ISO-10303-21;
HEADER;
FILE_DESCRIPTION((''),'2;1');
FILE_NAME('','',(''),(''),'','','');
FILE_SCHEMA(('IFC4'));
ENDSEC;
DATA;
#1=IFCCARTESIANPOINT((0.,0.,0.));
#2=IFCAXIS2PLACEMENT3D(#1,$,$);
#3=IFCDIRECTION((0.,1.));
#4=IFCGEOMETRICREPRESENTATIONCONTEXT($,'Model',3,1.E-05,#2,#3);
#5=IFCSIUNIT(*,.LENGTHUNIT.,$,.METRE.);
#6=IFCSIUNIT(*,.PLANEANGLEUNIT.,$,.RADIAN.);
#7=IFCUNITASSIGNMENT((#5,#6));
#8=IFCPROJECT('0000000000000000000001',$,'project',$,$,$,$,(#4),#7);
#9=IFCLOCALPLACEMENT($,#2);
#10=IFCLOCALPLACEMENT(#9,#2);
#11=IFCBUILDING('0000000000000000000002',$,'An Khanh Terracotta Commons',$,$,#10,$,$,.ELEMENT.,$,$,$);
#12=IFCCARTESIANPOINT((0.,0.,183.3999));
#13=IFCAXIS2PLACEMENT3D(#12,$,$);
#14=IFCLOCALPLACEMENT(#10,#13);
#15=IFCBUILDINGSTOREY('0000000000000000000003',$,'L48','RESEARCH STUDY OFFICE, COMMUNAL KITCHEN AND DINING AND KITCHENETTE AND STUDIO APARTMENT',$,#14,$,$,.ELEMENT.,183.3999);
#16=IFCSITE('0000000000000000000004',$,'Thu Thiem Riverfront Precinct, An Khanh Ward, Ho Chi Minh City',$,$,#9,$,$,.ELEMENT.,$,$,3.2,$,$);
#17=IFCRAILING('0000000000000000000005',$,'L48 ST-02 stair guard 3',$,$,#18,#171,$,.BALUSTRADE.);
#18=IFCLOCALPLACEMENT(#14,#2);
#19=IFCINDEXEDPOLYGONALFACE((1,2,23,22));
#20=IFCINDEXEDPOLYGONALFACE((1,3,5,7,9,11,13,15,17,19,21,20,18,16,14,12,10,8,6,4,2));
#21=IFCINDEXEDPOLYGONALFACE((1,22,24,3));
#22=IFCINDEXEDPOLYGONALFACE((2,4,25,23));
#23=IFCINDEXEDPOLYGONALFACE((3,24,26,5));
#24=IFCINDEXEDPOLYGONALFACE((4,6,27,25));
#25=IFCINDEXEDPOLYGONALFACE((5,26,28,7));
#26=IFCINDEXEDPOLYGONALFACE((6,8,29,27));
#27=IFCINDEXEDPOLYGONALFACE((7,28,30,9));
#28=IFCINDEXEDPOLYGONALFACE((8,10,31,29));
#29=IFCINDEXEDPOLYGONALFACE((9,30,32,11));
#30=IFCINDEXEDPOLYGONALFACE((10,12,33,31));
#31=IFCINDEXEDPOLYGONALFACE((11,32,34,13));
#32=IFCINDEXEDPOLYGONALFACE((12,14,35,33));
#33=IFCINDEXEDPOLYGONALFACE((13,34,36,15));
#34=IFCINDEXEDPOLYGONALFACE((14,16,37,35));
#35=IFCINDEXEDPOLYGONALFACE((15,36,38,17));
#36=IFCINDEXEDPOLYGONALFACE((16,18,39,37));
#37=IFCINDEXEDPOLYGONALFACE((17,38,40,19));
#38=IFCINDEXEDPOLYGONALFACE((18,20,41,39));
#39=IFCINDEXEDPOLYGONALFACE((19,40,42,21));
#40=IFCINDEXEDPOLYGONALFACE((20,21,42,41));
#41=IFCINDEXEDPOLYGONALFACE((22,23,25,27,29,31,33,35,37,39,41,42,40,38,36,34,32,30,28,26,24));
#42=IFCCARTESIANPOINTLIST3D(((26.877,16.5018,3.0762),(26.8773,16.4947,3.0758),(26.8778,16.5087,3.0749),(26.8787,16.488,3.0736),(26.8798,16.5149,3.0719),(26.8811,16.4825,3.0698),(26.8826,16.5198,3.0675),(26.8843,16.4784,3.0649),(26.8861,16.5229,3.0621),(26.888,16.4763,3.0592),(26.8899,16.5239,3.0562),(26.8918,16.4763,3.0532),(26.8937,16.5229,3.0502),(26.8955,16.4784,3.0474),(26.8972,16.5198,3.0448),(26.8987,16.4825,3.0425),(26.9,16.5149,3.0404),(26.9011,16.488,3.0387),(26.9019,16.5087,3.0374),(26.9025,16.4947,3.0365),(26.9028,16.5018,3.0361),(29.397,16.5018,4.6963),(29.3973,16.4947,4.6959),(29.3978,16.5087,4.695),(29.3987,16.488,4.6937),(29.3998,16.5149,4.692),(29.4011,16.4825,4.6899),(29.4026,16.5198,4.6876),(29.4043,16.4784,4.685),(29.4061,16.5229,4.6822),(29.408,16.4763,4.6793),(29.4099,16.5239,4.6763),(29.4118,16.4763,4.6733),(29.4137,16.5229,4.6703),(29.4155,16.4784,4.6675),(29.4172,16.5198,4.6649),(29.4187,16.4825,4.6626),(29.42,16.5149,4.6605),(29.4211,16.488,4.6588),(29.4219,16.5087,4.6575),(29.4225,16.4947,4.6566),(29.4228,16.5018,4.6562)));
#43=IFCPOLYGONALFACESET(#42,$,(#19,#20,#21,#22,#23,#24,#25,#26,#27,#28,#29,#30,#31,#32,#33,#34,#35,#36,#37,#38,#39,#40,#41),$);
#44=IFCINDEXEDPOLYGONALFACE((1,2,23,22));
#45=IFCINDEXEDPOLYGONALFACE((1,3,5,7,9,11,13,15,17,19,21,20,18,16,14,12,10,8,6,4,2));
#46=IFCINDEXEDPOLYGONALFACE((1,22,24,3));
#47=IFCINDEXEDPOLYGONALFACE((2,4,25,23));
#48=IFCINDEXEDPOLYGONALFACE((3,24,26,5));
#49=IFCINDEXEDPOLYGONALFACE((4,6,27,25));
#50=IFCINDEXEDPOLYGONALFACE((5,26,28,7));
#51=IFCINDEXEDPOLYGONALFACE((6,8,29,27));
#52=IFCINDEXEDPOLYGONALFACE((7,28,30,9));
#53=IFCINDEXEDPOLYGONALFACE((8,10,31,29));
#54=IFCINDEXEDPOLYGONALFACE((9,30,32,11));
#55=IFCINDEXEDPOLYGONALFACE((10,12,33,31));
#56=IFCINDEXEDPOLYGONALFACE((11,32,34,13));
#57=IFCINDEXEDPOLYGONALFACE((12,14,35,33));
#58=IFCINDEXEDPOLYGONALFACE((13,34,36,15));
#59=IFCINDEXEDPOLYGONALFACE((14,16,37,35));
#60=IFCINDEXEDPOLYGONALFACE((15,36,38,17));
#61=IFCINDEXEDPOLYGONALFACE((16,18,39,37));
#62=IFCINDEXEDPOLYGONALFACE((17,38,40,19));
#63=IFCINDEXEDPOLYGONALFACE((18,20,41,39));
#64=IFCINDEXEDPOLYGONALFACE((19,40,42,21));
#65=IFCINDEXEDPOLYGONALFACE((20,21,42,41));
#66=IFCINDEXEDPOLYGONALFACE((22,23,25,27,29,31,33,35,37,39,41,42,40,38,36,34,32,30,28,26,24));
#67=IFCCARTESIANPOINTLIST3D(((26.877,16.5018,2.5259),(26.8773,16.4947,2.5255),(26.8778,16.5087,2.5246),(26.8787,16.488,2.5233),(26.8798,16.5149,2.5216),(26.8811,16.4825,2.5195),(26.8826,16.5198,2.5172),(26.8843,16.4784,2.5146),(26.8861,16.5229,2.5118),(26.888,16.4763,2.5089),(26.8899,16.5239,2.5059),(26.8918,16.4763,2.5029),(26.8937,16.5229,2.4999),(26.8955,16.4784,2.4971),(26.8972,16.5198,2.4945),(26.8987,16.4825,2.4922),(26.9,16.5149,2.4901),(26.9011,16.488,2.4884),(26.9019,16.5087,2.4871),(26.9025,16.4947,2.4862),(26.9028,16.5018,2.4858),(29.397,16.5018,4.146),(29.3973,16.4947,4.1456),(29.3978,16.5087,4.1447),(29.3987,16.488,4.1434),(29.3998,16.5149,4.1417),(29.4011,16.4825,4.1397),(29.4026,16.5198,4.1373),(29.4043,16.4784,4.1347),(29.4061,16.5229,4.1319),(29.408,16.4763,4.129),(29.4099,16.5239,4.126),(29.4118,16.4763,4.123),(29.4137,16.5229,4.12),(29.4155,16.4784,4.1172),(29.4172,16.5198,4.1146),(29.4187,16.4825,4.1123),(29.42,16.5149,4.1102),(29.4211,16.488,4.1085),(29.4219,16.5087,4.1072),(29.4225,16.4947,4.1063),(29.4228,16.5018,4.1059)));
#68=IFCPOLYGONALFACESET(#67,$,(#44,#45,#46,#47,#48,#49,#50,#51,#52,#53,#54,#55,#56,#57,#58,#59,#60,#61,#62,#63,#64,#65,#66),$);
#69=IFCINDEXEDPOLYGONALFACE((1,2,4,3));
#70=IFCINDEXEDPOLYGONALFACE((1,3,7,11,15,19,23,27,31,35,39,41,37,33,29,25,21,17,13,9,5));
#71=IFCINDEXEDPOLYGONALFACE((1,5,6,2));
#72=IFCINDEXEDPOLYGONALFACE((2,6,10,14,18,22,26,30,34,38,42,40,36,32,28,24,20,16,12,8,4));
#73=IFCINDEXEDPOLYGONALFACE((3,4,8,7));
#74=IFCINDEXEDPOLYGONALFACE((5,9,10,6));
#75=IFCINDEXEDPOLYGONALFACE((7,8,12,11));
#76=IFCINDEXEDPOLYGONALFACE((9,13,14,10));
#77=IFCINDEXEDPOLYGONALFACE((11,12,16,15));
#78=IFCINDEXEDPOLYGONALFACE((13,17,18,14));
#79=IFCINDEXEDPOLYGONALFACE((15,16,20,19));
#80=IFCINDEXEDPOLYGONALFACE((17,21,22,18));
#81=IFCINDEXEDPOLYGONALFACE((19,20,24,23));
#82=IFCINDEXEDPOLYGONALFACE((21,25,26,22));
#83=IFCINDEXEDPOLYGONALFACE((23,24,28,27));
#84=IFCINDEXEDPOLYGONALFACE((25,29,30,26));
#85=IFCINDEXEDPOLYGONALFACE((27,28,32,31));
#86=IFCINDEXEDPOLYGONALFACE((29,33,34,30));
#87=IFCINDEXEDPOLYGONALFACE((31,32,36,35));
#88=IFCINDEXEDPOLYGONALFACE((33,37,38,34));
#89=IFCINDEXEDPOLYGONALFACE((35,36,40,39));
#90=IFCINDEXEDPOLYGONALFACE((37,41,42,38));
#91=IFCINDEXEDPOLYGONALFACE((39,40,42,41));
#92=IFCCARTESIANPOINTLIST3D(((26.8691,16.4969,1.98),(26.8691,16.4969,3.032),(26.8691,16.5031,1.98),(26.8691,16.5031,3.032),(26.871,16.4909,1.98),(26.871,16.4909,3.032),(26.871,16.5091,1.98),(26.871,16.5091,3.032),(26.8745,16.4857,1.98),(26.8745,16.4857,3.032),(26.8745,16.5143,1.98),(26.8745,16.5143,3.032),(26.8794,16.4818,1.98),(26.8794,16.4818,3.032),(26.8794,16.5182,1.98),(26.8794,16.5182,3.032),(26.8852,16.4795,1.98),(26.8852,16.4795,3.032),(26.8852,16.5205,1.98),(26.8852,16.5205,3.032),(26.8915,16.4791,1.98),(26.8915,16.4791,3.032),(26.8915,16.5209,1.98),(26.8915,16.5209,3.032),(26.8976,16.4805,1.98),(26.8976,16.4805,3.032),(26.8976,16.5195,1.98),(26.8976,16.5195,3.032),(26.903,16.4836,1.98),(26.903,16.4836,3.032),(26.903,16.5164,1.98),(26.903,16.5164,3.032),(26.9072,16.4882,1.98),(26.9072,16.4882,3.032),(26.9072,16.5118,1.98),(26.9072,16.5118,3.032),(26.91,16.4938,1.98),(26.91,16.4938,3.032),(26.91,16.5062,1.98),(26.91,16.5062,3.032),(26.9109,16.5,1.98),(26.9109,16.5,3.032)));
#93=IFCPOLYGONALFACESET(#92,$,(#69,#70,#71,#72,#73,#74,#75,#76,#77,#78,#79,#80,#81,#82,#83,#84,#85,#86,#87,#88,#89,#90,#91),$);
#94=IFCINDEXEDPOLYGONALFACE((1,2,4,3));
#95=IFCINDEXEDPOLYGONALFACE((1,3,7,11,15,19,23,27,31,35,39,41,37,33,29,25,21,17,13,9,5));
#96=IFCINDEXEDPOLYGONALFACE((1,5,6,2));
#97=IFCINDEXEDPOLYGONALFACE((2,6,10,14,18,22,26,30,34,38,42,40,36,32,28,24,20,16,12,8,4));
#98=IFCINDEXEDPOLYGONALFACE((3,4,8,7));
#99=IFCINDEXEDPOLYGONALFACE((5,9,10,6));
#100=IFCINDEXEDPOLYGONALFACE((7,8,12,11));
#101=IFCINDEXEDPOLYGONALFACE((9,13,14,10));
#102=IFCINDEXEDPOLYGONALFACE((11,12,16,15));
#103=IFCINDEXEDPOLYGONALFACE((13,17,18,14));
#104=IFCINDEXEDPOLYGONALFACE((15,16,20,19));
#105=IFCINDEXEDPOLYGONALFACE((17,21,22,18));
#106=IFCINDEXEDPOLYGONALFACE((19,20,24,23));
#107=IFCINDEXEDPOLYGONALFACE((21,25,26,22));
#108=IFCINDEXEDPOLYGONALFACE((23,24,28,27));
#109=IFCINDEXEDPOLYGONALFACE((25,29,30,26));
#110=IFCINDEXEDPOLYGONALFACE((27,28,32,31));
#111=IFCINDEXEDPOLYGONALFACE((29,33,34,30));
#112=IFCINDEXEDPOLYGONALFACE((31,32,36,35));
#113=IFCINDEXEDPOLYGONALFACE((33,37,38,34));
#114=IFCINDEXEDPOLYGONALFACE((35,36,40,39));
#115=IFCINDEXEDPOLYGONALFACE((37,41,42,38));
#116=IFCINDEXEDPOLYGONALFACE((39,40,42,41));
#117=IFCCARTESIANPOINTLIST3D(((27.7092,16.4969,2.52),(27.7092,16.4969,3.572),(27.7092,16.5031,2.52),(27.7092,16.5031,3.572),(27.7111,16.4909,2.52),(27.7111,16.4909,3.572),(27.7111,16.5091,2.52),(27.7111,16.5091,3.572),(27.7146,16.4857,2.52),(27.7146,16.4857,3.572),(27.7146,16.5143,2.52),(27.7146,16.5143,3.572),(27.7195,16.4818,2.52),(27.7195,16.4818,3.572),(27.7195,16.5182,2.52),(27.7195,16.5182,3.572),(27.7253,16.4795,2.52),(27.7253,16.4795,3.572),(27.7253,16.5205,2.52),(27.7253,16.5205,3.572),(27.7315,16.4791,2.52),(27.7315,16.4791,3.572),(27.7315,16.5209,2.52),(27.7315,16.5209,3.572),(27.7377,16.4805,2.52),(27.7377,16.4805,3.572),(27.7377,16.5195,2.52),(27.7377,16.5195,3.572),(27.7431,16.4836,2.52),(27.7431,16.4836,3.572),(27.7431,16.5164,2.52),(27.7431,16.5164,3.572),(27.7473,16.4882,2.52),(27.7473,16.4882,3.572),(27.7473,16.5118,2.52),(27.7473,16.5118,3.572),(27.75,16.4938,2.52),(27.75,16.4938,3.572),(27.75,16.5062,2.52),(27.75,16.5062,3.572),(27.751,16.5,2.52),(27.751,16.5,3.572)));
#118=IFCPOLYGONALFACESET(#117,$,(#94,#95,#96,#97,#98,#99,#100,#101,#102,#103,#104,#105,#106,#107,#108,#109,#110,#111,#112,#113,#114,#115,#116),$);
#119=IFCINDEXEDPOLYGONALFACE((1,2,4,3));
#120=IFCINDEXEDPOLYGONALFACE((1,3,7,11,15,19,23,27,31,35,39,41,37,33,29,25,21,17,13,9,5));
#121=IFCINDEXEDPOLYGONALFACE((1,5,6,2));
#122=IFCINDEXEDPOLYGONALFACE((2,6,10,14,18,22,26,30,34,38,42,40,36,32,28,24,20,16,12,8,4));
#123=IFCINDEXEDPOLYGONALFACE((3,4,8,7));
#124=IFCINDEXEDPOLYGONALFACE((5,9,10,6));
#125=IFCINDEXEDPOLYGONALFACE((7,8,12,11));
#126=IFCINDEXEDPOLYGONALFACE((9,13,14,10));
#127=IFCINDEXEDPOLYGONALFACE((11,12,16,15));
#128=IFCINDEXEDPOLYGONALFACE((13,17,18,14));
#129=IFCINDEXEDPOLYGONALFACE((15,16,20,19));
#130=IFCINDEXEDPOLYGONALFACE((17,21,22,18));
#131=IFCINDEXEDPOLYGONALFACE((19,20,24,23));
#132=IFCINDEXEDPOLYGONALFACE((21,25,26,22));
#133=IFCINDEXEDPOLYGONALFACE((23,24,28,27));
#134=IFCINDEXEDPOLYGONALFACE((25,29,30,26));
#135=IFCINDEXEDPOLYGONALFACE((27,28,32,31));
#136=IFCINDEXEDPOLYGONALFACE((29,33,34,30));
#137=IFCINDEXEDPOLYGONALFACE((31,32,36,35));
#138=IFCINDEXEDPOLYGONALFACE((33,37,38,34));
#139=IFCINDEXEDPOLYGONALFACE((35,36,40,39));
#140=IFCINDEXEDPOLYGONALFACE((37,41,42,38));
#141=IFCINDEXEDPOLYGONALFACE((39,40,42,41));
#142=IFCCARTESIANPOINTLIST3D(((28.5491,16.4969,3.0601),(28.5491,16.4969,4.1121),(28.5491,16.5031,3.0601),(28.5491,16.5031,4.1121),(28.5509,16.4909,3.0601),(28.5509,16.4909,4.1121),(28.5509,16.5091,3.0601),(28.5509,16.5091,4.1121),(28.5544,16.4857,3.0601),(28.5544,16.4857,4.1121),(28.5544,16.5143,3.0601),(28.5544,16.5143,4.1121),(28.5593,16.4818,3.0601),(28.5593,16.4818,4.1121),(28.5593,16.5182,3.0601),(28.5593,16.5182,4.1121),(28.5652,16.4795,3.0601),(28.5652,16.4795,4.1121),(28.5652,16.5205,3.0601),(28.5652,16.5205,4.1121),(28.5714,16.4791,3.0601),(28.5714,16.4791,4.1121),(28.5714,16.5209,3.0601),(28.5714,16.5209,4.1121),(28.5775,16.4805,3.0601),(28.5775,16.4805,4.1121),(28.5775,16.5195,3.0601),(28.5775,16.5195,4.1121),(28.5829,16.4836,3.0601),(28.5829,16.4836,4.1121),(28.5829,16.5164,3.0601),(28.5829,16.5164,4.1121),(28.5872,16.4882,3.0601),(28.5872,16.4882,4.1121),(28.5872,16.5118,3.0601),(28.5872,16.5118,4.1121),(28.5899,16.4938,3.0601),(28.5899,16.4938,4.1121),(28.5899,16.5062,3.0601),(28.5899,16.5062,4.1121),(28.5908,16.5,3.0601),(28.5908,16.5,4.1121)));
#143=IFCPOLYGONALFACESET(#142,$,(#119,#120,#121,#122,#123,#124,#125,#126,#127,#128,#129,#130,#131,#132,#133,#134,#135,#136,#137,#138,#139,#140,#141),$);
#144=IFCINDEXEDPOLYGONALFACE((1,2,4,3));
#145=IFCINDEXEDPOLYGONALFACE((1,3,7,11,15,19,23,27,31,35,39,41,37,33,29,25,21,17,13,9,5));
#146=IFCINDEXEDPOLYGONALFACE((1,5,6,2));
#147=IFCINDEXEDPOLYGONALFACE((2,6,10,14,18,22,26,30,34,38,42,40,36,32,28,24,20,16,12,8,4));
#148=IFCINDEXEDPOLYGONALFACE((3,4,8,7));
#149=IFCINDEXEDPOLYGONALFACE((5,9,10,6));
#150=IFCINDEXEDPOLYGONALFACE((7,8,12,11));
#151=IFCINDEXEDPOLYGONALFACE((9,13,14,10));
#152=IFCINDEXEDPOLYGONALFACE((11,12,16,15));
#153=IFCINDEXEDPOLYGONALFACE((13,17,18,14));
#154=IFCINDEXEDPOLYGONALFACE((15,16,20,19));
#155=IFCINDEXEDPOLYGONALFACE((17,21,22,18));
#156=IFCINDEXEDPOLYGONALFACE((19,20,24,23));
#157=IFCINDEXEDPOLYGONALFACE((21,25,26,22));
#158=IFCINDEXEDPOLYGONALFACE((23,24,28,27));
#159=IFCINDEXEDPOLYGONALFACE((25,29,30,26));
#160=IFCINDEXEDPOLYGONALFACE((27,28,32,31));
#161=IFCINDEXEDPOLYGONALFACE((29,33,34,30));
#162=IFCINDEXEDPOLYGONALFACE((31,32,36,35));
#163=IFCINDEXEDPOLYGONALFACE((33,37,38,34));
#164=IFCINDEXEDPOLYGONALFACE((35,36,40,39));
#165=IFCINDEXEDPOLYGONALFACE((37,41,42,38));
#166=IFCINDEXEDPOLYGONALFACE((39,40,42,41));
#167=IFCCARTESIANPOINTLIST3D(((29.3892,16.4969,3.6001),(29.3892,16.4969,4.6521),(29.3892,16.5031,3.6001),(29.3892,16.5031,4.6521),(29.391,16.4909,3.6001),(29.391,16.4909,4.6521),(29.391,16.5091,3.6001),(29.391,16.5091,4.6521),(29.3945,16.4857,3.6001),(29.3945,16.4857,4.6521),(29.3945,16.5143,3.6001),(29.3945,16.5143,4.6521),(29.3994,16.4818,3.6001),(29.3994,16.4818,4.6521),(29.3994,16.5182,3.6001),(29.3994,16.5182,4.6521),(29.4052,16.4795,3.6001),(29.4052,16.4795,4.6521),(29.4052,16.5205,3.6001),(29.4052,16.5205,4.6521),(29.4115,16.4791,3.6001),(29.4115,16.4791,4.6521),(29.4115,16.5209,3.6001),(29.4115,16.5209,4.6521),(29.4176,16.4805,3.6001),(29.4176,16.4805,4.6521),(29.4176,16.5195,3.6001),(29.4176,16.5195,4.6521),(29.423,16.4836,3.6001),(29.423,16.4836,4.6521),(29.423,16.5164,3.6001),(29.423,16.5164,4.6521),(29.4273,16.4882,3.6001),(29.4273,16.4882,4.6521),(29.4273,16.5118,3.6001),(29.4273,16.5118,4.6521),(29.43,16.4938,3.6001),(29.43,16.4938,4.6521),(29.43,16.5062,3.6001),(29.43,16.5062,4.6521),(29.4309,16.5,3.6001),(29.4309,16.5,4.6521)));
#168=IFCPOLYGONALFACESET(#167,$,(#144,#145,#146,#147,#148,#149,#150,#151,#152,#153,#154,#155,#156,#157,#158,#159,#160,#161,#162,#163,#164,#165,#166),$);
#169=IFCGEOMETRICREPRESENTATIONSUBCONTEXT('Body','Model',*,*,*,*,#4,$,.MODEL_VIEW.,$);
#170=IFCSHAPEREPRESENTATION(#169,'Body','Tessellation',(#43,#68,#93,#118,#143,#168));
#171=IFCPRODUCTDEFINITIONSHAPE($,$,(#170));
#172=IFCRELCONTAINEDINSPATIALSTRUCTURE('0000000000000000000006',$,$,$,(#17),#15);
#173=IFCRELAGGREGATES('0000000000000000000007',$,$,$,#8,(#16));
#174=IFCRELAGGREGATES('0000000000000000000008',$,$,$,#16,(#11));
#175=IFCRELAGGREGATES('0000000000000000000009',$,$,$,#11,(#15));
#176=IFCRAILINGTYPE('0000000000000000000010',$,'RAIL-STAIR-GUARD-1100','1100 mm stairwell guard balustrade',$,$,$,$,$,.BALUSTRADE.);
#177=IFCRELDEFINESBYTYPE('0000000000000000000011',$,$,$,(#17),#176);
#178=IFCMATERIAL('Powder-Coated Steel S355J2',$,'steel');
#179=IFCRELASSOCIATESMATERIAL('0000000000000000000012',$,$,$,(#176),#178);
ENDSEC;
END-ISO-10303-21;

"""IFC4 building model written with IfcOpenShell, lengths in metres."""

from ifc_helpers import new_model, si_unit, direction, frame, origin, origin_2d, place, context, subcontext, project, spatial, circle, extrude, material, type_object, element, save


model = new_model("IFC4")

# Units and contexts
model_context = context("Model", 3, precision=1e-05, world=origin(), true_north=direction((0.0, 1.0)))
body_context = subcontext(model_context, "Body", "Model", "MODEL_VIEW")
ifc_project = project(units=[si_unit("LENGTHUNIT", "METRE"), si_unit("PLANEANGLEUNIT", "RADIAN")], contexts=[model_context])

# Site, building, storey
site_placement = place(None, origin())
site = spatial("IfcSite", under=ifc_project, at=site_placement, Name="Thu Thiem Riverfront Precinct, An Khanh Ward, Ho Chi Minh City", CompositionType="ELEMENT", RefElevation=3.2)
building_placement = place(site_placement, origin())
building = spatial("IfcBuilding", under=site, at=building_placement, Name="An Khanh Terracotta Commons", CompositionType="ELEMENT")
storey_placement = place(building_placement, frame((0.0, 0.0, 183.3999)))
storey = spatial("IfcBuildingStorey", under=building, at=storey_placement, Name="L48", Description="RESEARCH STUDY OFFICE, COMMUNAL KITCHEN AND DINING AND KITCHENETTE AND STUDIO APARTMENT", CompositionType="ELEMENT", Elevation=183.3999)

# Railing
ifc_material_1 = material(Name="Powder-Coated Steel S355J2", Category="steel")
railing_type_1 = type_object("IfcRailingType", Name="RAIL-STAIR-GUARD-1100", Description="1100 mm stairwell guard balustrade", PredefinedType="BALUSTRADE", material=ifc_material_1)
railing_1_placement = place(storey_placement, frame((26.8899, 16.5, 1.98)))
element("IfcRailing", 1, at=railing_1_placement, inside=storey, type_object=railing_type_1, Name="L48 ST-02 stair guard 3", PredefinedType="BALUSTRADE", context=body_context, shape_type="SweptSolid", body=[
    extrude(circle(Radius=0.0239, at=origin_2d()), frame((0.0, 0.0, 1.0762), z_axis=(0.841163, 0.0, 0.540782), x_axis=(0.0, 1.0, 0.0)), (0.0, 0.0, 1.0), 2.9958),
    extrude(circle(Radius=0.0239, at=origin_2d()), frame((0.0, 0.0, 0.5259), z_axis=(0.841163, 0.0, 0.540782), x_axis=(0.0, 1.0, 0.0)), (0.0, 0.0, 1.0), 2.9958),
    extrude(circle(Radius=0.021, at=origin_2d()), origin(), (0.0, 0.0, 1.0), 1.052),
    extrude(circle(Radius=0.021, at=origin_2d()), frame((0.8401, 0.0, 0.54)), (0.0, 0.0, 1.0), 1.052),
    extrude(circle(Radius=0.021, at=origin_2d()), frame((1.6799, 0.0, 1.0801)), (0.0, 0.0, 1.0), 1.052),
    extrude(circle(Radius=0.021, at=origin_2d()), frame((2.52, 0.0, 1.6201)), (0.0, 0.0, 1.0), 1.052),
])

save(model, "model.ifc")
